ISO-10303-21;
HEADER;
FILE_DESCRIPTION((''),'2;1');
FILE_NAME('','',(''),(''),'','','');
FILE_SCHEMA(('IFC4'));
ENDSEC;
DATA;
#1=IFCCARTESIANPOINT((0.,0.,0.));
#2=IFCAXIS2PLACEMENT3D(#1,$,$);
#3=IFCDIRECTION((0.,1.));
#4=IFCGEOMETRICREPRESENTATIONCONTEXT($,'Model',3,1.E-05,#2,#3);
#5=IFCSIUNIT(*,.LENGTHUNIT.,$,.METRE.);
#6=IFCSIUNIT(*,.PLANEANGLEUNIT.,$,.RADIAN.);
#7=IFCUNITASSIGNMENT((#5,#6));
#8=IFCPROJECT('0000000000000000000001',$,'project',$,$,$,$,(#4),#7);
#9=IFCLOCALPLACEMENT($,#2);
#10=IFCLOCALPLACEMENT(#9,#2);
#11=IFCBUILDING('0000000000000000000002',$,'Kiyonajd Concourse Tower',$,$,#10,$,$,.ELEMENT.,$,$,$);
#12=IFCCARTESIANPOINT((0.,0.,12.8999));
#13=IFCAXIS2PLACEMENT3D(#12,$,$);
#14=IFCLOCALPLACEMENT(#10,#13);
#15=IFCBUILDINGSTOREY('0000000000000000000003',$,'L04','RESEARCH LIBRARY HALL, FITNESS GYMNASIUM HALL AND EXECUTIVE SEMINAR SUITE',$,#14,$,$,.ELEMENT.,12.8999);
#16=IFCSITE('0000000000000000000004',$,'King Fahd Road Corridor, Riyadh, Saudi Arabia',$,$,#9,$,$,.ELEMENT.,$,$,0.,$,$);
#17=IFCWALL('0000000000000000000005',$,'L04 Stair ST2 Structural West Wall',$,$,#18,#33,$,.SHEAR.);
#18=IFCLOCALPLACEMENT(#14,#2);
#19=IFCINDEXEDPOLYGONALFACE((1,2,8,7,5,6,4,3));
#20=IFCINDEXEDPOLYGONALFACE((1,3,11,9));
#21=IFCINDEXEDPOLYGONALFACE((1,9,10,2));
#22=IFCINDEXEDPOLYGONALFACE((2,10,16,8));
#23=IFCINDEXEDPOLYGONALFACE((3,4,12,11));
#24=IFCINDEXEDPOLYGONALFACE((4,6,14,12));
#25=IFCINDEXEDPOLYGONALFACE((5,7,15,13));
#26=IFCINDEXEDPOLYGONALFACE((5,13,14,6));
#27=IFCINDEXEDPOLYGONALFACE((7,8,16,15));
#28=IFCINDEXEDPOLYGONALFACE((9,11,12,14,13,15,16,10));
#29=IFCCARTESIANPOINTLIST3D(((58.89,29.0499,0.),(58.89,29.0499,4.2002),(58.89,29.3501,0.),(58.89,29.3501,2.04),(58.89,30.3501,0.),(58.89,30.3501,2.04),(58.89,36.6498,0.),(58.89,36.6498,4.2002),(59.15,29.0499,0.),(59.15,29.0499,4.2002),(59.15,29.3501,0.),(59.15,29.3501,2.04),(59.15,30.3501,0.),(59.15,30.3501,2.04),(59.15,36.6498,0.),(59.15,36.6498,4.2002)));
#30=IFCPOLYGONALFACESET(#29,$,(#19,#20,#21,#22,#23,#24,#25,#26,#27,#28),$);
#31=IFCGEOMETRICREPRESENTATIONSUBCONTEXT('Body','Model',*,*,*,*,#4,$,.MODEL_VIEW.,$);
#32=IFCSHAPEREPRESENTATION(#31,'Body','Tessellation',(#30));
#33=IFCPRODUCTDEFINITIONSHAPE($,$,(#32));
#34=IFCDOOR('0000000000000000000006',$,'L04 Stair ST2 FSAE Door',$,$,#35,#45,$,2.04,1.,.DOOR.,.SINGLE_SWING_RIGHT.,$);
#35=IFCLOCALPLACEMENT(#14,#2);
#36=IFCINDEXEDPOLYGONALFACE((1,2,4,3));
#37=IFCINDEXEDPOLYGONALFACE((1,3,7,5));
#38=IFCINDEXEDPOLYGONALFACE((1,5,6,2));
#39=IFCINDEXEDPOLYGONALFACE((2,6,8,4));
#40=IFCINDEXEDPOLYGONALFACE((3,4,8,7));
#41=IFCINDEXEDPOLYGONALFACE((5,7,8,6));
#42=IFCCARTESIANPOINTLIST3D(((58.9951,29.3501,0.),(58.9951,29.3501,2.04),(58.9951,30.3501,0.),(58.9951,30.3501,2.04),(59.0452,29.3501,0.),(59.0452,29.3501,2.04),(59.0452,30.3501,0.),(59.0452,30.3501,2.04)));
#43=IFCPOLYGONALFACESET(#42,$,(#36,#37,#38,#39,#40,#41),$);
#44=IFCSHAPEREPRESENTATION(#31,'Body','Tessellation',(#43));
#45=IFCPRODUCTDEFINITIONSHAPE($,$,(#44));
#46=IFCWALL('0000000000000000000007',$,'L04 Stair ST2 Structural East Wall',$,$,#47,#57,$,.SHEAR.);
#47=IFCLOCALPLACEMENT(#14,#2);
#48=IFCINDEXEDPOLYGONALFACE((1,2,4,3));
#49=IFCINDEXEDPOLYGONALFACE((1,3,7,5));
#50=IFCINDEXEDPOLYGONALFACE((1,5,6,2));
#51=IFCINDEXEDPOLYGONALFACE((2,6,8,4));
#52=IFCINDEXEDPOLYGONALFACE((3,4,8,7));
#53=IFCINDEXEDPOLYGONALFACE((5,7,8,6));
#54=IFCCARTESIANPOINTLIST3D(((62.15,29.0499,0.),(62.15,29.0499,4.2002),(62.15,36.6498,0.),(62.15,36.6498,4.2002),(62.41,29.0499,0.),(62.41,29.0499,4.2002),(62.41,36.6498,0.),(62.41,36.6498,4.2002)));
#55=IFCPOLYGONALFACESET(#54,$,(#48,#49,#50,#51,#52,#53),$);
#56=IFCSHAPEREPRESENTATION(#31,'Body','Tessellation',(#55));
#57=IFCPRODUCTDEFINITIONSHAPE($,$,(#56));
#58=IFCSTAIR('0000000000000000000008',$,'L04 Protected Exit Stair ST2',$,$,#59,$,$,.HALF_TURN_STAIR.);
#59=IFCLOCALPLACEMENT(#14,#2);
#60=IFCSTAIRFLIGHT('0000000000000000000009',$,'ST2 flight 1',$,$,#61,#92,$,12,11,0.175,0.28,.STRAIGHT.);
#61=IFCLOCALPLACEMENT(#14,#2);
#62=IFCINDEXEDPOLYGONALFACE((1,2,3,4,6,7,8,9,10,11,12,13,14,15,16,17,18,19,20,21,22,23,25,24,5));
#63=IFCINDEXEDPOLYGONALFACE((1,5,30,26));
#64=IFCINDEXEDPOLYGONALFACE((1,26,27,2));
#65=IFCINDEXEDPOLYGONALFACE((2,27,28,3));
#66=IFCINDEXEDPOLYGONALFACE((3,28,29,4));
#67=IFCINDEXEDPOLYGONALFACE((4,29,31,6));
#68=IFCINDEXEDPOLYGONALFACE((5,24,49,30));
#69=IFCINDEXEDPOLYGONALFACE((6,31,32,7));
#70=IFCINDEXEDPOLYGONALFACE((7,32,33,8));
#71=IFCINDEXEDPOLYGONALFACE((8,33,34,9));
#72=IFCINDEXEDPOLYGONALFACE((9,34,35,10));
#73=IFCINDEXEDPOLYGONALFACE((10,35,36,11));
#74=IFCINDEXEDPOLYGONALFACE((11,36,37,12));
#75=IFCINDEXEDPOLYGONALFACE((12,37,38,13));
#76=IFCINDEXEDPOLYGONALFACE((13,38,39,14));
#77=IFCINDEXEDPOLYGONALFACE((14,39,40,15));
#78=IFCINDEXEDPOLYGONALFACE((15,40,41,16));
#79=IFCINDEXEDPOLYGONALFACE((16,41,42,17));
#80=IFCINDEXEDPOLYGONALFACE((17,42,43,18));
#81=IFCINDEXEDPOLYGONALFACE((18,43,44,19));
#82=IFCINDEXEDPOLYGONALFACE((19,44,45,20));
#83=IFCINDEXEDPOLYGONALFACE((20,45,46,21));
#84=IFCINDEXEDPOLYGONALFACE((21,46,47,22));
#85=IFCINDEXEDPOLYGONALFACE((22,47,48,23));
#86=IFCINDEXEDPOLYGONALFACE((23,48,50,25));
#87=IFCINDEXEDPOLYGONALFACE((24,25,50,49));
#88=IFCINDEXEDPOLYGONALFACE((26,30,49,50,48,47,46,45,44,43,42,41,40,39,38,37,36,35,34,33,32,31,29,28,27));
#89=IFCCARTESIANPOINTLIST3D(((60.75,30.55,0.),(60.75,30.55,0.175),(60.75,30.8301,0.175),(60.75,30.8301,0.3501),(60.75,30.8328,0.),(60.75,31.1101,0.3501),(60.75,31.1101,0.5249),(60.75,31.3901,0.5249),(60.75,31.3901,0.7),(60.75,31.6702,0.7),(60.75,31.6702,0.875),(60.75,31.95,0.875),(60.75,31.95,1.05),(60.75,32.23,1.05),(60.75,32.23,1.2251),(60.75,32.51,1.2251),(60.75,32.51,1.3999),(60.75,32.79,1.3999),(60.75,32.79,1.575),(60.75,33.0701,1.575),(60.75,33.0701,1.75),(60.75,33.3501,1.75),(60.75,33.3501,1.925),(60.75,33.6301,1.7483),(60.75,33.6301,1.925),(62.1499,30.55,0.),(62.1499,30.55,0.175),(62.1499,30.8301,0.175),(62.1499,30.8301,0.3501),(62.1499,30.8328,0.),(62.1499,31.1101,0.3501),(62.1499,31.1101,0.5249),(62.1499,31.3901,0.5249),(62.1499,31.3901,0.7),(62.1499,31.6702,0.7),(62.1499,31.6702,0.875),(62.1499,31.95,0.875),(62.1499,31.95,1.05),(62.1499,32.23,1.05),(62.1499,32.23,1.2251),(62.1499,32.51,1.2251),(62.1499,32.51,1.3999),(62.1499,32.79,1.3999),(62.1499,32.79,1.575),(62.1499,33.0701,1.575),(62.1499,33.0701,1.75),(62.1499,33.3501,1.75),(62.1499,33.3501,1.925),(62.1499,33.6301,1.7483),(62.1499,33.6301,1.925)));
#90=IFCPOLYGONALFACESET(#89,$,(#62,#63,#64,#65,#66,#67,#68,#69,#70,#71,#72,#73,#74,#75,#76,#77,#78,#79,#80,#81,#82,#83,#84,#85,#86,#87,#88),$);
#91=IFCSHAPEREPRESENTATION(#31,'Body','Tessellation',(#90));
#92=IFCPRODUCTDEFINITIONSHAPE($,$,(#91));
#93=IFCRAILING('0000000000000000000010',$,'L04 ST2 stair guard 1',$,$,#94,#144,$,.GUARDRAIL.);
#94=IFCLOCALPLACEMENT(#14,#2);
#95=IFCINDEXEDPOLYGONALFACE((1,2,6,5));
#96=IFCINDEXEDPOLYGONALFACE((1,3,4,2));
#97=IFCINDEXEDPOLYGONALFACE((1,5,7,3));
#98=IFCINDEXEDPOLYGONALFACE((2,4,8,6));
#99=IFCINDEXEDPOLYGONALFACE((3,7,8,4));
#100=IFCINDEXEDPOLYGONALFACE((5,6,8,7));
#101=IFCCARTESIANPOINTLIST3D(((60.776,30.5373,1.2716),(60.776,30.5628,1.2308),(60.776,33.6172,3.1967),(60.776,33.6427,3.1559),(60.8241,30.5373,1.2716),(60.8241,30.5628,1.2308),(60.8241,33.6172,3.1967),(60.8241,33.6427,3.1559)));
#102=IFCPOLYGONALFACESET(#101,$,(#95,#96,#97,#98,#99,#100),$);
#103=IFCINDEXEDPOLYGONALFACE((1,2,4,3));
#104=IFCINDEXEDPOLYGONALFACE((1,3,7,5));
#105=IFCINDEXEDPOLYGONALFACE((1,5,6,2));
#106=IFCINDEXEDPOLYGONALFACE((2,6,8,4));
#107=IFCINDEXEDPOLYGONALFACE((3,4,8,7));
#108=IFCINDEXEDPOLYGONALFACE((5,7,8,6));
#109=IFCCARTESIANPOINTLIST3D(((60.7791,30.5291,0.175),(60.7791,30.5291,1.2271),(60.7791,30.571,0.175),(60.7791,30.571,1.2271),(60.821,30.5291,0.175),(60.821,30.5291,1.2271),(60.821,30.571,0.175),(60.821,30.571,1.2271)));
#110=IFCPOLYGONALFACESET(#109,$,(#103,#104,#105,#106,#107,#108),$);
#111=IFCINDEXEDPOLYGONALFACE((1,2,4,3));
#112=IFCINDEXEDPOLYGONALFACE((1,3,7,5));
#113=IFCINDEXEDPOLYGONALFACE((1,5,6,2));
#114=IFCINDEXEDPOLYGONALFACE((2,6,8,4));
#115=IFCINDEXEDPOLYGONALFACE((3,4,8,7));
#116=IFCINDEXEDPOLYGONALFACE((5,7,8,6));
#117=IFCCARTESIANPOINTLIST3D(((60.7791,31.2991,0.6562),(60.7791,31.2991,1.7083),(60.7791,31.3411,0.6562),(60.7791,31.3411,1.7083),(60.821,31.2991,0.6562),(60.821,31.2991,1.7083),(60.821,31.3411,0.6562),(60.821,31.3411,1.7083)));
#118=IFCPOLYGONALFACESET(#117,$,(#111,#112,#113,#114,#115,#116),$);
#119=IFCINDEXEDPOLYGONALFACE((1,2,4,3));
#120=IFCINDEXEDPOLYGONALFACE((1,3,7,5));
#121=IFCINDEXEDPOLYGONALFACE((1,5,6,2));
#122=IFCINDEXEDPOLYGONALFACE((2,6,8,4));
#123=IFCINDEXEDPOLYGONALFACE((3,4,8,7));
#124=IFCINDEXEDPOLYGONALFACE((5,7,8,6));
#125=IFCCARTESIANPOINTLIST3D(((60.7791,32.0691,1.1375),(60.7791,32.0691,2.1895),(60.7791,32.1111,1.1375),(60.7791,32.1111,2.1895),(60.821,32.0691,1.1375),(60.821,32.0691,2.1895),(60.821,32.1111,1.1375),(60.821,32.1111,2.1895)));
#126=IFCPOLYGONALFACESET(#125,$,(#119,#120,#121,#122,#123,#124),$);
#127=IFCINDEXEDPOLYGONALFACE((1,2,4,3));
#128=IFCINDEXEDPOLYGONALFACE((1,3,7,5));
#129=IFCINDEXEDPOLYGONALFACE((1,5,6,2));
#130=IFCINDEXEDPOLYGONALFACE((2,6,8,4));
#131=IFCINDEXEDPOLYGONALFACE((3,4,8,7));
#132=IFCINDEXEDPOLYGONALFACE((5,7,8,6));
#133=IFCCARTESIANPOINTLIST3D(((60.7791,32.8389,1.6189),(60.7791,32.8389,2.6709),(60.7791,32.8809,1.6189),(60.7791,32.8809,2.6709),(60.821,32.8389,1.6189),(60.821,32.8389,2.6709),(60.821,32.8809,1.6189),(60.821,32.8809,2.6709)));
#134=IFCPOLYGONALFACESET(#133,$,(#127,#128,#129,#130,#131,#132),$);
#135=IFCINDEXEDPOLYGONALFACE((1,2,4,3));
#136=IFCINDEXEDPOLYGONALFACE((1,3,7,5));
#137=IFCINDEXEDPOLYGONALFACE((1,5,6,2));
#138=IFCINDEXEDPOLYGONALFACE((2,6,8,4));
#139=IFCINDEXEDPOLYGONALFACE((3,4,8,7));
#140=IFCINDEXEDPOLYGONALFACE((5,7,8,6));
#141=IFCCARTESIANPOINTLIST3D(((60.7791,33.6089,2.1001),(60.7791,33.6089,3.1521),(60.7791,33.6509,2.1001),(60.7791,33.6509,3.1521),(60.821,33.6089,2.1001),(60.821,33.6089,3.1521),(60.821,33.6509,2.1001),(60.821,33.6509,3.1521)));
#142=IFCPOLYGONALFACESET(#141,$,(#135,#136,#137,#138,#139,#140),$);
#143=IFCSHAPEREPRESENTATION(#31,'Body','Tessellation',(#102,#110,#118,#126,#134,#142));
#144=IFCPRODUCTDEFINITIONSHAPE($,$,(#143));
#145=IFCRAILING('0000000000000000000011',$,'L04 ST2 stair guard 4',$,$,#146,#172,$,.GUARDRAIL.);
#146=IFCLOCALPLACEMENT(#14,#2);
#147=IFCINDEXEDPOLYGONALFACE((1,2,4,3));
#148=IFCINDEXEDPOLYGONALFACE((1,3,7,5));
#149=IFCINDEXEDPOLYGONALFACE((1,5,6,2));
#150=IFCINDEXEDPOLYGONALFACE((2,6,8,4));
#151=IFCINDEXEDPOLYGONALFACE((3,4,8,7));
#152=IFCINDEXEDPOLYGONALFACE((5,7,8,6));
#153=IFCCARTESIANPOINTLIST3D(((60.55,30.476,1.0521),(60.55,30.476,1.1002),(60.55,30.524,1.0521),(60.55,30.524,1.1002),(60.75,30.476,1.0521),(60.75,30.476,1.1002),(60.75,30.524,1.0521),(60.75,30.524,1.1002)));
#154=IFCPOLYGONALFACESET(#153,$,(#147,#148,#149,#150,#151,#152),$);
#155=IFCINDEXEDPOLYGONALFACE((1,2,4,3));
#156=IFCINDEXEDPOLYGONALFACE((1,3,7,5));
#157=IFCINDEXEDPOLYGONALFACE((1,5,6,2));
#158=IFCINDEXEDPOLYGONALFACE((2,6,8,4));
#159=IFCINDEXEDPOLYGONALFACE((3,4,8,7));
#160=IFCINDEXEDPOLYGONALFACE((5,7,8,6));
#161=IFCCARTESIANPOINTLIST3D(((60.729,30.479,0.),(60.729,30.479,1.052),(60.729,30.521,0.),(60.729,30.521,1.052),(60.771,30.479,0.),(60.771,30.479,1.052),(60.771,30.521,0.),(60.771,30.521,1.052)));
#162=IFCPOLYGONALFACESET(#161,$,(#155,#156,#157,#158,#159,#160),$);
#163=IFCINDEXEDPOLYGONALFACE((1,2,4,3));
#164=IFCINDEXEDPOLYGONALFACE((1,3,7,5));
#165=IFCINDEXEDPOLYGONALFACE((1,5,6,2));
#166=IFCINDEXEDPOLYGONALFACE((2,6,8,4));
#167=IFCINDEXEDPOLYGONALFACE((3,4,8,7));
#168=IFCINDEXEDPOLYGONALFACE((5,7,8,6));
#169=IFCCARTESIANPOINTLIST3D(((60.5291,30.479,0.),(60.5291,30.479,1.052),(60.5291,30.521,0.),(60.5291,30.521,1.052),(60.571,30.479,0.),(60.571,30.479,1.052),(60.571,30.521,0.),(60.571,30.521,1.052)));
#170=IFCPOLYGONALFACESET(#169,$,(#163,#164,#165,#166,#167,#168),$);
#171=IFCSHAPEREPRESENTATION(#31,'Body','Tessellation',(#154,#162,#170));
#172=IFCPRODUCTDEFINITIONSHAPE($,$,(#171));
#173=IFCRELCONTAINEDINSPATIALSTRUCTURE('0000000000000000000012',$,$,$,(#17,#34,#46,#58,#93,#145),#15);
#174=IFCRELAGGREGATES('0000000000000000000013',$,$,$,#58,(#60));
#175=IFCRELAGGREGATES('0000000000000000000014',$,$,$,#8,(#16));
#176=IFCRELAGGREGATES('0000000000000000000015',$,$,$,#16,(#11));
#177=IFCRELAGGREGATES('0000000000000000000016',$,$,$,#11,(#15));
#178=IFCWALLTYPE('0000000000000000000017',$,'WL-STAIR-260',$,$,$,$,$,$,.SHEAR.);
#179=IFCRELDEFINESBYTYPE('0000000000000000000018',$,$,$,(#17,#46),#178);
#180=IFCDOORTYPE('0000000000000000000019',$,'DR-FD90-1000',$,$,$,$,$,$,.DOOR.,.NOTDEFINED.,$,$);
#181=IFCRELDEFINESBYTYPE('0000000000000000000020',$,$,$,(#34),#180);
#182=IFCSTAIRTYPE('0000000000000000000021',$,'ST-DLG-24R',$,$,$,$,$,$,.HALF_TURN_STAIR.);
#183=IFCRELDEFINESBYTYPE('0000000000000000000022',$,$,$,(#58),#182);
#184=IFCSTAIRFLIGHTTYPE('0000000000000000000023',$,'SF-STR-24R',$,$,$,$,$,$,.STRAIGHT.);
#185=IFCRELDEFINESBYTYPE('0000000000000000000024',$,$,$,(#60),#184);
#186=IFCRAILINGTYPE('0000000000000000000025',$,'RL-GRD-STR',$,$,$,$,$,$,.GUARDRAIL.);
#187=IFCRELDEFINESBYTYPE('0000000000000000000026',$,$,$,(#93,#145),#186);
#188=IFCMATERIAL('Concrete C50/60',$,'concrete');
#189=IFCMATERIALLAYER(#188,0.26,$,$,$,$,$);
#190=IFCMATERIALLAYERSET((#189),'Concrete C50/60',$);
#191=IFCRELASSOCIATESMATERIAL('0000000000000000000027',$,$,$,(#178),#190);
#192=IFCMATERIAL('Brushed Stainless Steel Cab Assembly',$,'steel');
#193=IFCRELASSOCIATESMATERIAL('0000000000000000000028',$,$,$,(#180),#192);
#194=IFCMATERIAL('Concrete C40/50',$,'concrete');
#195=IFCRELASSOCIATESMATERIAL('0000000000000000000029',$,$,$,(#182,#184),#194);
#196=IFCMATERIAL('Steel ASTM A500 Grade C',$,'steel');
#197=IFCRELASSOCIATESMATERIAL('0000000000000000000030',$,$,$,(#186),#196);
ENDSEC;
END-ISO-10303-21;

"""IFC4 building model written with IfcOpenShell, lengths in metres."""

from ifc_helpers import new_model, si_unit, direction, frame, frame_2d, origin, origin_2d, place, context, subcontext, project, spatial, polyline, rectangle, outline, extrude, material, layer, layer_set, type_object, element, fill, aggregate, save


model = new_model("IFC4")

# Units and contexts
model_context = context("Model", 3, precision=1e-05, world=origin(), true_north=direction((0.0, 1.0)))
body_context = subcontext(model_context, "Body", "Model", "MODEL_VIEW")
ifc_project = project(units=[si_unit("LENGTHUNIT", "METRE"), si_unit("PLANEANGLEUNIT", "RADIAN")], contexts=[model_context])

# Site, building, storey
site_placement = place(None, origin())
site = spatial("IfcSite", under=ifc_project, at=site_placement, Name="King Fahd Road Corridor, Riyadh, Saudi Arabia", CompositionType="ELEMENT", RefElevation=0.0)
building_placement = place(site_placement, origin())
building = spatial("IfcBuilding", under=site, at=building_placement, Name="Kiyonajd Concourse Tower", CompositionType="ELEMENT")
storey_placement = place(building_placement, frame((0.0, 0.0, 12.8999)))
storey = spatial("IfcBuildingStorey", under=building, at=storey_placement, Name="L04", Description="RESEARCH LIBRARY HALL, FITNESS GYMNASIUM HALL AND EXECUTIVE SEMINAR SUITE", CompositionType="ELEMENT", Elevation=12.8999)

# Shared definitions
ifc_material_1 = material(Name="Concrete C50/60", Category="concrete")

# Shared definitions
ifc_material_2 = material(Name="Brushed Stainless Steel Cab Assembly", Category="steel")

# Shared definitions
ifc_layer_1 = layer(ifc_material_1, 0.26)
ifc_layer_set_1 = layer_set([ifc_layer_1], Name="Concrete C50/60")
wall_type_1 = type_object("IfcWallType", Name="WL-STAIR-260", PredefinedType="SHEAR", material=ifc_layer_set_1)

# Wall, opening, door
wall_1_placement = place(storey_placement, frame((59.02, 29.05, 0.0), z_axis=(0.0, 0.0, 1.0), x_axis=(0.0, 1.0, 0.0)))
wall_1 = element("IfcWall", 1, at=wall_1_placement, inside=storey, type_object=wall_type_1, Name="L04 Stair ST2 Structural West Wall", PredefinedType="SHEAR", context=body_context, shape_type="SweptSolid", body=[
    extrude(rectangle(XDim=7.5999, YDim=0.26, at=frame_2d((3.7998, 0.0))), origin(), (0.0, 0.0, 1.0), 4.2002),
])
opening_1_placement = place(wall_1_placement, frame((0.3, 0.0, 0.0)))
opening_1 = element("IfcOpeningElement", 2, at=opening_1_placement, cuts=wall_1, PredefinedType="OPENING", context=body_context, shape_type="SweptSolid", body=[
    extrude(rectangle(XDim=1.0, YDim=2.04, at=frame_2d((0.5, 1.02))), frame((0.0, 0.1399, 0.0), z_axis=(0.0, -1.0, 0.0), x_axis=(1.0, 0.0, 0.0)), (0.0, 0.0, 1.0), 0.28),
])
door_type_1 = type_object("IfcDoorType", Name="DR-FD90-1000", OperationType="NOTDEFINED", PredefinedType="DOOR", material=ifc_material_2)
door_1_placement = place(opening_1_placement, origin())
door_1 = element("IfcDoor", 3, at=door_1_placement, inside=storey, type_object=door_type_1, Name="L04 Stair ST2 FSAE Door", OperationType="SINGLE_SWING_RIGHT", OverallHeight=2.04, OverallWidth=1.0, PredefinedType="DOOR", context=body_context, shape_type="SweptSolid", body=[
    extrude(rectangle(XDim=1.0, YDim=2.04, at=frame_2d((0.5, 1.02))), frame((0.0, 0.0249, 0.0), z_axis=(0.0, -1.0, 0.0), x_axis=(1.0, 0.0, 0.0)), (0.0, 0.0, 1.0), 0.05),
])
fill(opening_1, door_1)

# Wall
wall_2_placement = place(storey_placement, frame((62.28, 29.05, 0.0), z_axis=(0.0, 0.0, 1.0), x_axis=(0.0, 1.0, 0.0)))
element("IfcWall", 4, at=wall_2_placement, inside=storey, type_object=wall_type_1, Name="L04 Stair ST2 Structural East Wall", PredefinedType="SHEAR", context=body_context, shape_type="SweptSolid", body=[
    extrude(rectangle(XDim=7.5999, YDim=0.26, at=frame_2d((3.7998, 0.0))), origin(), (0.0, 0.0, 1.0), 4.2002),
])

# Stair, stair flight
ifc_material_3 = material(Name="Concrete C40/50", Category="concrete")
stair_type = type_object("IfcStairType", Name="ST-DLG-24R", PredefinedType="HALF_TURN_STAIR", material=ifc_material_3)
stair_placement = place(storey_placement, origin())
stair = element("IfcStair", 5, at=stair_placement, inside=storey, type_object=stair_type, Name="L04 Protected Exit Stair ST2", PredefinedType="HALF_TURN_STAIR")
stair_flight_type = type_object("IfcStairFlightType", Name="SF-STR-24R", PredefinedType="STRAIGHT", material=ifc_material_3)
stair_flight_placement = place(storey_placement, frame((61.45, 30.55, 0.0), z_axis=(0.0, 0.0, 1.0), x_axis=(0.0, 1.0, 0.0)))
stair_flight = element("IfcStairFlight", 6, at=stair_flight_placement, type_object=stair_flight_type, Name="ST2 flight 1", NumberOfRisers=12, NumberOfTreads=11, PredefinedType="STRAIGHT", RiserHeight=0.175, TreadLength=0.28, context=body_context, shape_type="SweptSolid", body=[
    extrude(outline(polyline([(0.0, 0.0), (0.0, 0.175), (0.28, 0.175), (0.28, 0.3501), (0.5601, 0.3501), (0.5601, 0.5249), (0.8401, 0.5249), (0.8401, 0.7), (1.1201, 0.7), (1.1201, 0.875), (1.3999, 0.875), (1.3999, 1.05), (1.6799, 1.05), (1.6799, 1.2251), (1.96, 1.2251), (1.96, 1.3999), (2.24, 1.3999), (2.24, 1.575), (2.52, 1.575), (2.52, 1.75), (2.8, 1.75), (2.8, 1.925), (3.0801, 1.925), (3.0801, 2.1001), (3.0801, 1.7483), (0.2827, 0.0), (0.0, 0.0)])), frame((0.0, 0.7, 0.0), z_axis=(0.0, -1.0, 0.0), x_axis=(1.0, 0.0, 0.0)), (0.0, 0.0, 1.0), 1.3999),
])
aggregate(stair, [stair_flight])

# Railings
ifc_material_4 = material(Name="Steel ASTM A500 Grade C", Category="steel")
railing_type_1 = type_object("IfcRailingType", Name="RL-GRD-STR", PredefinedType="GUARDRAIL", material=ifc_material_4)
railing_1_placement = place(storey_placement, frame((60.8, 30.55, 0.175)))
element("IfcRailing", 7, at=railing_1_placement, inside=storey, type_object=railing_type_1, Name="L04 ST2 stair guard 1", PredefinedType="GUARDRAIL", context=body_context, shape_type="SweptSolid", body=[
    extrude(rectangle(XDim=0.0481, YDim=0.0481, at=origin_2d()), frame((0.0, 0.0, 1.0762), z_axis=(0.0, 0.847979, 0.530029), x_axis=(-1.0, 0.0, 0.0)), (0.0, 0.0, 1.0), 3.6321),
    extrude(rectangle(XDim=0.042, YDim=0.042, at=origin_2d()), origin(), (0.0, 0.0, 1.0), 1.052),
    extrude(rectangle(XDim=0.042, YDim=0.042, at=origin_2d()), frame((0.0, 0.77, 0.4812)), (0.0, 0.0, 1.0), 1.052),
    extrude(rectangle(XDim=0.042, YDim=0.042, at=origin_2d()), frame((0.0, 1.54, 0.9624)), (0.0, 0.0, 1.0), 1.052),
    extrude(rectangle(XDim=0.042, YDim=0.042, at=origin_2d()), frame((0.0, 2.3098, 1.4438)), (0.0, 0.0, 1.0), 1.052),
    extrude(rectangle(XDim=0.042, YDim=0.042, at=origin_2d()), frame((0.0, 3.0798, 1.925)), (0.0, 0.0, 1.0), 1.052),
])
railing_2_placement = place(storey_placement, frame((60.75, 30.5, 0.0)))
element("IfcRailing", 8, at=railing_2_placement, inside=storey, type_object=railing_type_1, Name="L04 ST2 stair guard 4", PredefinedType="GUARDRAIL", context=body_context, shape_type="SweptSolid", body=[
    extrude(rectangle(XDim=0.0481, YDim=0.0481, at=origin_2d()), frame((0.0, 0.0, 1.0762), z_axis=(-1.0, 0.0, 0.0), x_axis=(0.0, -1.0, 0.0)), (0.0, 0.0, 1.0), 0.2),
    extrude(rectangle(XDim=0.042, YDim=0.042, at=origin_2d()), origin(), (0.0, 0.0, 1.0), 1.052),
    extrude(rectangle(XDim=0.042, YDim=0.042, at=origin_2d()), frame((-0.2, 0.0, 0.0)), (0.0, 0.0, 1.0), 1.052),
])

save(model, "model.ifc")
